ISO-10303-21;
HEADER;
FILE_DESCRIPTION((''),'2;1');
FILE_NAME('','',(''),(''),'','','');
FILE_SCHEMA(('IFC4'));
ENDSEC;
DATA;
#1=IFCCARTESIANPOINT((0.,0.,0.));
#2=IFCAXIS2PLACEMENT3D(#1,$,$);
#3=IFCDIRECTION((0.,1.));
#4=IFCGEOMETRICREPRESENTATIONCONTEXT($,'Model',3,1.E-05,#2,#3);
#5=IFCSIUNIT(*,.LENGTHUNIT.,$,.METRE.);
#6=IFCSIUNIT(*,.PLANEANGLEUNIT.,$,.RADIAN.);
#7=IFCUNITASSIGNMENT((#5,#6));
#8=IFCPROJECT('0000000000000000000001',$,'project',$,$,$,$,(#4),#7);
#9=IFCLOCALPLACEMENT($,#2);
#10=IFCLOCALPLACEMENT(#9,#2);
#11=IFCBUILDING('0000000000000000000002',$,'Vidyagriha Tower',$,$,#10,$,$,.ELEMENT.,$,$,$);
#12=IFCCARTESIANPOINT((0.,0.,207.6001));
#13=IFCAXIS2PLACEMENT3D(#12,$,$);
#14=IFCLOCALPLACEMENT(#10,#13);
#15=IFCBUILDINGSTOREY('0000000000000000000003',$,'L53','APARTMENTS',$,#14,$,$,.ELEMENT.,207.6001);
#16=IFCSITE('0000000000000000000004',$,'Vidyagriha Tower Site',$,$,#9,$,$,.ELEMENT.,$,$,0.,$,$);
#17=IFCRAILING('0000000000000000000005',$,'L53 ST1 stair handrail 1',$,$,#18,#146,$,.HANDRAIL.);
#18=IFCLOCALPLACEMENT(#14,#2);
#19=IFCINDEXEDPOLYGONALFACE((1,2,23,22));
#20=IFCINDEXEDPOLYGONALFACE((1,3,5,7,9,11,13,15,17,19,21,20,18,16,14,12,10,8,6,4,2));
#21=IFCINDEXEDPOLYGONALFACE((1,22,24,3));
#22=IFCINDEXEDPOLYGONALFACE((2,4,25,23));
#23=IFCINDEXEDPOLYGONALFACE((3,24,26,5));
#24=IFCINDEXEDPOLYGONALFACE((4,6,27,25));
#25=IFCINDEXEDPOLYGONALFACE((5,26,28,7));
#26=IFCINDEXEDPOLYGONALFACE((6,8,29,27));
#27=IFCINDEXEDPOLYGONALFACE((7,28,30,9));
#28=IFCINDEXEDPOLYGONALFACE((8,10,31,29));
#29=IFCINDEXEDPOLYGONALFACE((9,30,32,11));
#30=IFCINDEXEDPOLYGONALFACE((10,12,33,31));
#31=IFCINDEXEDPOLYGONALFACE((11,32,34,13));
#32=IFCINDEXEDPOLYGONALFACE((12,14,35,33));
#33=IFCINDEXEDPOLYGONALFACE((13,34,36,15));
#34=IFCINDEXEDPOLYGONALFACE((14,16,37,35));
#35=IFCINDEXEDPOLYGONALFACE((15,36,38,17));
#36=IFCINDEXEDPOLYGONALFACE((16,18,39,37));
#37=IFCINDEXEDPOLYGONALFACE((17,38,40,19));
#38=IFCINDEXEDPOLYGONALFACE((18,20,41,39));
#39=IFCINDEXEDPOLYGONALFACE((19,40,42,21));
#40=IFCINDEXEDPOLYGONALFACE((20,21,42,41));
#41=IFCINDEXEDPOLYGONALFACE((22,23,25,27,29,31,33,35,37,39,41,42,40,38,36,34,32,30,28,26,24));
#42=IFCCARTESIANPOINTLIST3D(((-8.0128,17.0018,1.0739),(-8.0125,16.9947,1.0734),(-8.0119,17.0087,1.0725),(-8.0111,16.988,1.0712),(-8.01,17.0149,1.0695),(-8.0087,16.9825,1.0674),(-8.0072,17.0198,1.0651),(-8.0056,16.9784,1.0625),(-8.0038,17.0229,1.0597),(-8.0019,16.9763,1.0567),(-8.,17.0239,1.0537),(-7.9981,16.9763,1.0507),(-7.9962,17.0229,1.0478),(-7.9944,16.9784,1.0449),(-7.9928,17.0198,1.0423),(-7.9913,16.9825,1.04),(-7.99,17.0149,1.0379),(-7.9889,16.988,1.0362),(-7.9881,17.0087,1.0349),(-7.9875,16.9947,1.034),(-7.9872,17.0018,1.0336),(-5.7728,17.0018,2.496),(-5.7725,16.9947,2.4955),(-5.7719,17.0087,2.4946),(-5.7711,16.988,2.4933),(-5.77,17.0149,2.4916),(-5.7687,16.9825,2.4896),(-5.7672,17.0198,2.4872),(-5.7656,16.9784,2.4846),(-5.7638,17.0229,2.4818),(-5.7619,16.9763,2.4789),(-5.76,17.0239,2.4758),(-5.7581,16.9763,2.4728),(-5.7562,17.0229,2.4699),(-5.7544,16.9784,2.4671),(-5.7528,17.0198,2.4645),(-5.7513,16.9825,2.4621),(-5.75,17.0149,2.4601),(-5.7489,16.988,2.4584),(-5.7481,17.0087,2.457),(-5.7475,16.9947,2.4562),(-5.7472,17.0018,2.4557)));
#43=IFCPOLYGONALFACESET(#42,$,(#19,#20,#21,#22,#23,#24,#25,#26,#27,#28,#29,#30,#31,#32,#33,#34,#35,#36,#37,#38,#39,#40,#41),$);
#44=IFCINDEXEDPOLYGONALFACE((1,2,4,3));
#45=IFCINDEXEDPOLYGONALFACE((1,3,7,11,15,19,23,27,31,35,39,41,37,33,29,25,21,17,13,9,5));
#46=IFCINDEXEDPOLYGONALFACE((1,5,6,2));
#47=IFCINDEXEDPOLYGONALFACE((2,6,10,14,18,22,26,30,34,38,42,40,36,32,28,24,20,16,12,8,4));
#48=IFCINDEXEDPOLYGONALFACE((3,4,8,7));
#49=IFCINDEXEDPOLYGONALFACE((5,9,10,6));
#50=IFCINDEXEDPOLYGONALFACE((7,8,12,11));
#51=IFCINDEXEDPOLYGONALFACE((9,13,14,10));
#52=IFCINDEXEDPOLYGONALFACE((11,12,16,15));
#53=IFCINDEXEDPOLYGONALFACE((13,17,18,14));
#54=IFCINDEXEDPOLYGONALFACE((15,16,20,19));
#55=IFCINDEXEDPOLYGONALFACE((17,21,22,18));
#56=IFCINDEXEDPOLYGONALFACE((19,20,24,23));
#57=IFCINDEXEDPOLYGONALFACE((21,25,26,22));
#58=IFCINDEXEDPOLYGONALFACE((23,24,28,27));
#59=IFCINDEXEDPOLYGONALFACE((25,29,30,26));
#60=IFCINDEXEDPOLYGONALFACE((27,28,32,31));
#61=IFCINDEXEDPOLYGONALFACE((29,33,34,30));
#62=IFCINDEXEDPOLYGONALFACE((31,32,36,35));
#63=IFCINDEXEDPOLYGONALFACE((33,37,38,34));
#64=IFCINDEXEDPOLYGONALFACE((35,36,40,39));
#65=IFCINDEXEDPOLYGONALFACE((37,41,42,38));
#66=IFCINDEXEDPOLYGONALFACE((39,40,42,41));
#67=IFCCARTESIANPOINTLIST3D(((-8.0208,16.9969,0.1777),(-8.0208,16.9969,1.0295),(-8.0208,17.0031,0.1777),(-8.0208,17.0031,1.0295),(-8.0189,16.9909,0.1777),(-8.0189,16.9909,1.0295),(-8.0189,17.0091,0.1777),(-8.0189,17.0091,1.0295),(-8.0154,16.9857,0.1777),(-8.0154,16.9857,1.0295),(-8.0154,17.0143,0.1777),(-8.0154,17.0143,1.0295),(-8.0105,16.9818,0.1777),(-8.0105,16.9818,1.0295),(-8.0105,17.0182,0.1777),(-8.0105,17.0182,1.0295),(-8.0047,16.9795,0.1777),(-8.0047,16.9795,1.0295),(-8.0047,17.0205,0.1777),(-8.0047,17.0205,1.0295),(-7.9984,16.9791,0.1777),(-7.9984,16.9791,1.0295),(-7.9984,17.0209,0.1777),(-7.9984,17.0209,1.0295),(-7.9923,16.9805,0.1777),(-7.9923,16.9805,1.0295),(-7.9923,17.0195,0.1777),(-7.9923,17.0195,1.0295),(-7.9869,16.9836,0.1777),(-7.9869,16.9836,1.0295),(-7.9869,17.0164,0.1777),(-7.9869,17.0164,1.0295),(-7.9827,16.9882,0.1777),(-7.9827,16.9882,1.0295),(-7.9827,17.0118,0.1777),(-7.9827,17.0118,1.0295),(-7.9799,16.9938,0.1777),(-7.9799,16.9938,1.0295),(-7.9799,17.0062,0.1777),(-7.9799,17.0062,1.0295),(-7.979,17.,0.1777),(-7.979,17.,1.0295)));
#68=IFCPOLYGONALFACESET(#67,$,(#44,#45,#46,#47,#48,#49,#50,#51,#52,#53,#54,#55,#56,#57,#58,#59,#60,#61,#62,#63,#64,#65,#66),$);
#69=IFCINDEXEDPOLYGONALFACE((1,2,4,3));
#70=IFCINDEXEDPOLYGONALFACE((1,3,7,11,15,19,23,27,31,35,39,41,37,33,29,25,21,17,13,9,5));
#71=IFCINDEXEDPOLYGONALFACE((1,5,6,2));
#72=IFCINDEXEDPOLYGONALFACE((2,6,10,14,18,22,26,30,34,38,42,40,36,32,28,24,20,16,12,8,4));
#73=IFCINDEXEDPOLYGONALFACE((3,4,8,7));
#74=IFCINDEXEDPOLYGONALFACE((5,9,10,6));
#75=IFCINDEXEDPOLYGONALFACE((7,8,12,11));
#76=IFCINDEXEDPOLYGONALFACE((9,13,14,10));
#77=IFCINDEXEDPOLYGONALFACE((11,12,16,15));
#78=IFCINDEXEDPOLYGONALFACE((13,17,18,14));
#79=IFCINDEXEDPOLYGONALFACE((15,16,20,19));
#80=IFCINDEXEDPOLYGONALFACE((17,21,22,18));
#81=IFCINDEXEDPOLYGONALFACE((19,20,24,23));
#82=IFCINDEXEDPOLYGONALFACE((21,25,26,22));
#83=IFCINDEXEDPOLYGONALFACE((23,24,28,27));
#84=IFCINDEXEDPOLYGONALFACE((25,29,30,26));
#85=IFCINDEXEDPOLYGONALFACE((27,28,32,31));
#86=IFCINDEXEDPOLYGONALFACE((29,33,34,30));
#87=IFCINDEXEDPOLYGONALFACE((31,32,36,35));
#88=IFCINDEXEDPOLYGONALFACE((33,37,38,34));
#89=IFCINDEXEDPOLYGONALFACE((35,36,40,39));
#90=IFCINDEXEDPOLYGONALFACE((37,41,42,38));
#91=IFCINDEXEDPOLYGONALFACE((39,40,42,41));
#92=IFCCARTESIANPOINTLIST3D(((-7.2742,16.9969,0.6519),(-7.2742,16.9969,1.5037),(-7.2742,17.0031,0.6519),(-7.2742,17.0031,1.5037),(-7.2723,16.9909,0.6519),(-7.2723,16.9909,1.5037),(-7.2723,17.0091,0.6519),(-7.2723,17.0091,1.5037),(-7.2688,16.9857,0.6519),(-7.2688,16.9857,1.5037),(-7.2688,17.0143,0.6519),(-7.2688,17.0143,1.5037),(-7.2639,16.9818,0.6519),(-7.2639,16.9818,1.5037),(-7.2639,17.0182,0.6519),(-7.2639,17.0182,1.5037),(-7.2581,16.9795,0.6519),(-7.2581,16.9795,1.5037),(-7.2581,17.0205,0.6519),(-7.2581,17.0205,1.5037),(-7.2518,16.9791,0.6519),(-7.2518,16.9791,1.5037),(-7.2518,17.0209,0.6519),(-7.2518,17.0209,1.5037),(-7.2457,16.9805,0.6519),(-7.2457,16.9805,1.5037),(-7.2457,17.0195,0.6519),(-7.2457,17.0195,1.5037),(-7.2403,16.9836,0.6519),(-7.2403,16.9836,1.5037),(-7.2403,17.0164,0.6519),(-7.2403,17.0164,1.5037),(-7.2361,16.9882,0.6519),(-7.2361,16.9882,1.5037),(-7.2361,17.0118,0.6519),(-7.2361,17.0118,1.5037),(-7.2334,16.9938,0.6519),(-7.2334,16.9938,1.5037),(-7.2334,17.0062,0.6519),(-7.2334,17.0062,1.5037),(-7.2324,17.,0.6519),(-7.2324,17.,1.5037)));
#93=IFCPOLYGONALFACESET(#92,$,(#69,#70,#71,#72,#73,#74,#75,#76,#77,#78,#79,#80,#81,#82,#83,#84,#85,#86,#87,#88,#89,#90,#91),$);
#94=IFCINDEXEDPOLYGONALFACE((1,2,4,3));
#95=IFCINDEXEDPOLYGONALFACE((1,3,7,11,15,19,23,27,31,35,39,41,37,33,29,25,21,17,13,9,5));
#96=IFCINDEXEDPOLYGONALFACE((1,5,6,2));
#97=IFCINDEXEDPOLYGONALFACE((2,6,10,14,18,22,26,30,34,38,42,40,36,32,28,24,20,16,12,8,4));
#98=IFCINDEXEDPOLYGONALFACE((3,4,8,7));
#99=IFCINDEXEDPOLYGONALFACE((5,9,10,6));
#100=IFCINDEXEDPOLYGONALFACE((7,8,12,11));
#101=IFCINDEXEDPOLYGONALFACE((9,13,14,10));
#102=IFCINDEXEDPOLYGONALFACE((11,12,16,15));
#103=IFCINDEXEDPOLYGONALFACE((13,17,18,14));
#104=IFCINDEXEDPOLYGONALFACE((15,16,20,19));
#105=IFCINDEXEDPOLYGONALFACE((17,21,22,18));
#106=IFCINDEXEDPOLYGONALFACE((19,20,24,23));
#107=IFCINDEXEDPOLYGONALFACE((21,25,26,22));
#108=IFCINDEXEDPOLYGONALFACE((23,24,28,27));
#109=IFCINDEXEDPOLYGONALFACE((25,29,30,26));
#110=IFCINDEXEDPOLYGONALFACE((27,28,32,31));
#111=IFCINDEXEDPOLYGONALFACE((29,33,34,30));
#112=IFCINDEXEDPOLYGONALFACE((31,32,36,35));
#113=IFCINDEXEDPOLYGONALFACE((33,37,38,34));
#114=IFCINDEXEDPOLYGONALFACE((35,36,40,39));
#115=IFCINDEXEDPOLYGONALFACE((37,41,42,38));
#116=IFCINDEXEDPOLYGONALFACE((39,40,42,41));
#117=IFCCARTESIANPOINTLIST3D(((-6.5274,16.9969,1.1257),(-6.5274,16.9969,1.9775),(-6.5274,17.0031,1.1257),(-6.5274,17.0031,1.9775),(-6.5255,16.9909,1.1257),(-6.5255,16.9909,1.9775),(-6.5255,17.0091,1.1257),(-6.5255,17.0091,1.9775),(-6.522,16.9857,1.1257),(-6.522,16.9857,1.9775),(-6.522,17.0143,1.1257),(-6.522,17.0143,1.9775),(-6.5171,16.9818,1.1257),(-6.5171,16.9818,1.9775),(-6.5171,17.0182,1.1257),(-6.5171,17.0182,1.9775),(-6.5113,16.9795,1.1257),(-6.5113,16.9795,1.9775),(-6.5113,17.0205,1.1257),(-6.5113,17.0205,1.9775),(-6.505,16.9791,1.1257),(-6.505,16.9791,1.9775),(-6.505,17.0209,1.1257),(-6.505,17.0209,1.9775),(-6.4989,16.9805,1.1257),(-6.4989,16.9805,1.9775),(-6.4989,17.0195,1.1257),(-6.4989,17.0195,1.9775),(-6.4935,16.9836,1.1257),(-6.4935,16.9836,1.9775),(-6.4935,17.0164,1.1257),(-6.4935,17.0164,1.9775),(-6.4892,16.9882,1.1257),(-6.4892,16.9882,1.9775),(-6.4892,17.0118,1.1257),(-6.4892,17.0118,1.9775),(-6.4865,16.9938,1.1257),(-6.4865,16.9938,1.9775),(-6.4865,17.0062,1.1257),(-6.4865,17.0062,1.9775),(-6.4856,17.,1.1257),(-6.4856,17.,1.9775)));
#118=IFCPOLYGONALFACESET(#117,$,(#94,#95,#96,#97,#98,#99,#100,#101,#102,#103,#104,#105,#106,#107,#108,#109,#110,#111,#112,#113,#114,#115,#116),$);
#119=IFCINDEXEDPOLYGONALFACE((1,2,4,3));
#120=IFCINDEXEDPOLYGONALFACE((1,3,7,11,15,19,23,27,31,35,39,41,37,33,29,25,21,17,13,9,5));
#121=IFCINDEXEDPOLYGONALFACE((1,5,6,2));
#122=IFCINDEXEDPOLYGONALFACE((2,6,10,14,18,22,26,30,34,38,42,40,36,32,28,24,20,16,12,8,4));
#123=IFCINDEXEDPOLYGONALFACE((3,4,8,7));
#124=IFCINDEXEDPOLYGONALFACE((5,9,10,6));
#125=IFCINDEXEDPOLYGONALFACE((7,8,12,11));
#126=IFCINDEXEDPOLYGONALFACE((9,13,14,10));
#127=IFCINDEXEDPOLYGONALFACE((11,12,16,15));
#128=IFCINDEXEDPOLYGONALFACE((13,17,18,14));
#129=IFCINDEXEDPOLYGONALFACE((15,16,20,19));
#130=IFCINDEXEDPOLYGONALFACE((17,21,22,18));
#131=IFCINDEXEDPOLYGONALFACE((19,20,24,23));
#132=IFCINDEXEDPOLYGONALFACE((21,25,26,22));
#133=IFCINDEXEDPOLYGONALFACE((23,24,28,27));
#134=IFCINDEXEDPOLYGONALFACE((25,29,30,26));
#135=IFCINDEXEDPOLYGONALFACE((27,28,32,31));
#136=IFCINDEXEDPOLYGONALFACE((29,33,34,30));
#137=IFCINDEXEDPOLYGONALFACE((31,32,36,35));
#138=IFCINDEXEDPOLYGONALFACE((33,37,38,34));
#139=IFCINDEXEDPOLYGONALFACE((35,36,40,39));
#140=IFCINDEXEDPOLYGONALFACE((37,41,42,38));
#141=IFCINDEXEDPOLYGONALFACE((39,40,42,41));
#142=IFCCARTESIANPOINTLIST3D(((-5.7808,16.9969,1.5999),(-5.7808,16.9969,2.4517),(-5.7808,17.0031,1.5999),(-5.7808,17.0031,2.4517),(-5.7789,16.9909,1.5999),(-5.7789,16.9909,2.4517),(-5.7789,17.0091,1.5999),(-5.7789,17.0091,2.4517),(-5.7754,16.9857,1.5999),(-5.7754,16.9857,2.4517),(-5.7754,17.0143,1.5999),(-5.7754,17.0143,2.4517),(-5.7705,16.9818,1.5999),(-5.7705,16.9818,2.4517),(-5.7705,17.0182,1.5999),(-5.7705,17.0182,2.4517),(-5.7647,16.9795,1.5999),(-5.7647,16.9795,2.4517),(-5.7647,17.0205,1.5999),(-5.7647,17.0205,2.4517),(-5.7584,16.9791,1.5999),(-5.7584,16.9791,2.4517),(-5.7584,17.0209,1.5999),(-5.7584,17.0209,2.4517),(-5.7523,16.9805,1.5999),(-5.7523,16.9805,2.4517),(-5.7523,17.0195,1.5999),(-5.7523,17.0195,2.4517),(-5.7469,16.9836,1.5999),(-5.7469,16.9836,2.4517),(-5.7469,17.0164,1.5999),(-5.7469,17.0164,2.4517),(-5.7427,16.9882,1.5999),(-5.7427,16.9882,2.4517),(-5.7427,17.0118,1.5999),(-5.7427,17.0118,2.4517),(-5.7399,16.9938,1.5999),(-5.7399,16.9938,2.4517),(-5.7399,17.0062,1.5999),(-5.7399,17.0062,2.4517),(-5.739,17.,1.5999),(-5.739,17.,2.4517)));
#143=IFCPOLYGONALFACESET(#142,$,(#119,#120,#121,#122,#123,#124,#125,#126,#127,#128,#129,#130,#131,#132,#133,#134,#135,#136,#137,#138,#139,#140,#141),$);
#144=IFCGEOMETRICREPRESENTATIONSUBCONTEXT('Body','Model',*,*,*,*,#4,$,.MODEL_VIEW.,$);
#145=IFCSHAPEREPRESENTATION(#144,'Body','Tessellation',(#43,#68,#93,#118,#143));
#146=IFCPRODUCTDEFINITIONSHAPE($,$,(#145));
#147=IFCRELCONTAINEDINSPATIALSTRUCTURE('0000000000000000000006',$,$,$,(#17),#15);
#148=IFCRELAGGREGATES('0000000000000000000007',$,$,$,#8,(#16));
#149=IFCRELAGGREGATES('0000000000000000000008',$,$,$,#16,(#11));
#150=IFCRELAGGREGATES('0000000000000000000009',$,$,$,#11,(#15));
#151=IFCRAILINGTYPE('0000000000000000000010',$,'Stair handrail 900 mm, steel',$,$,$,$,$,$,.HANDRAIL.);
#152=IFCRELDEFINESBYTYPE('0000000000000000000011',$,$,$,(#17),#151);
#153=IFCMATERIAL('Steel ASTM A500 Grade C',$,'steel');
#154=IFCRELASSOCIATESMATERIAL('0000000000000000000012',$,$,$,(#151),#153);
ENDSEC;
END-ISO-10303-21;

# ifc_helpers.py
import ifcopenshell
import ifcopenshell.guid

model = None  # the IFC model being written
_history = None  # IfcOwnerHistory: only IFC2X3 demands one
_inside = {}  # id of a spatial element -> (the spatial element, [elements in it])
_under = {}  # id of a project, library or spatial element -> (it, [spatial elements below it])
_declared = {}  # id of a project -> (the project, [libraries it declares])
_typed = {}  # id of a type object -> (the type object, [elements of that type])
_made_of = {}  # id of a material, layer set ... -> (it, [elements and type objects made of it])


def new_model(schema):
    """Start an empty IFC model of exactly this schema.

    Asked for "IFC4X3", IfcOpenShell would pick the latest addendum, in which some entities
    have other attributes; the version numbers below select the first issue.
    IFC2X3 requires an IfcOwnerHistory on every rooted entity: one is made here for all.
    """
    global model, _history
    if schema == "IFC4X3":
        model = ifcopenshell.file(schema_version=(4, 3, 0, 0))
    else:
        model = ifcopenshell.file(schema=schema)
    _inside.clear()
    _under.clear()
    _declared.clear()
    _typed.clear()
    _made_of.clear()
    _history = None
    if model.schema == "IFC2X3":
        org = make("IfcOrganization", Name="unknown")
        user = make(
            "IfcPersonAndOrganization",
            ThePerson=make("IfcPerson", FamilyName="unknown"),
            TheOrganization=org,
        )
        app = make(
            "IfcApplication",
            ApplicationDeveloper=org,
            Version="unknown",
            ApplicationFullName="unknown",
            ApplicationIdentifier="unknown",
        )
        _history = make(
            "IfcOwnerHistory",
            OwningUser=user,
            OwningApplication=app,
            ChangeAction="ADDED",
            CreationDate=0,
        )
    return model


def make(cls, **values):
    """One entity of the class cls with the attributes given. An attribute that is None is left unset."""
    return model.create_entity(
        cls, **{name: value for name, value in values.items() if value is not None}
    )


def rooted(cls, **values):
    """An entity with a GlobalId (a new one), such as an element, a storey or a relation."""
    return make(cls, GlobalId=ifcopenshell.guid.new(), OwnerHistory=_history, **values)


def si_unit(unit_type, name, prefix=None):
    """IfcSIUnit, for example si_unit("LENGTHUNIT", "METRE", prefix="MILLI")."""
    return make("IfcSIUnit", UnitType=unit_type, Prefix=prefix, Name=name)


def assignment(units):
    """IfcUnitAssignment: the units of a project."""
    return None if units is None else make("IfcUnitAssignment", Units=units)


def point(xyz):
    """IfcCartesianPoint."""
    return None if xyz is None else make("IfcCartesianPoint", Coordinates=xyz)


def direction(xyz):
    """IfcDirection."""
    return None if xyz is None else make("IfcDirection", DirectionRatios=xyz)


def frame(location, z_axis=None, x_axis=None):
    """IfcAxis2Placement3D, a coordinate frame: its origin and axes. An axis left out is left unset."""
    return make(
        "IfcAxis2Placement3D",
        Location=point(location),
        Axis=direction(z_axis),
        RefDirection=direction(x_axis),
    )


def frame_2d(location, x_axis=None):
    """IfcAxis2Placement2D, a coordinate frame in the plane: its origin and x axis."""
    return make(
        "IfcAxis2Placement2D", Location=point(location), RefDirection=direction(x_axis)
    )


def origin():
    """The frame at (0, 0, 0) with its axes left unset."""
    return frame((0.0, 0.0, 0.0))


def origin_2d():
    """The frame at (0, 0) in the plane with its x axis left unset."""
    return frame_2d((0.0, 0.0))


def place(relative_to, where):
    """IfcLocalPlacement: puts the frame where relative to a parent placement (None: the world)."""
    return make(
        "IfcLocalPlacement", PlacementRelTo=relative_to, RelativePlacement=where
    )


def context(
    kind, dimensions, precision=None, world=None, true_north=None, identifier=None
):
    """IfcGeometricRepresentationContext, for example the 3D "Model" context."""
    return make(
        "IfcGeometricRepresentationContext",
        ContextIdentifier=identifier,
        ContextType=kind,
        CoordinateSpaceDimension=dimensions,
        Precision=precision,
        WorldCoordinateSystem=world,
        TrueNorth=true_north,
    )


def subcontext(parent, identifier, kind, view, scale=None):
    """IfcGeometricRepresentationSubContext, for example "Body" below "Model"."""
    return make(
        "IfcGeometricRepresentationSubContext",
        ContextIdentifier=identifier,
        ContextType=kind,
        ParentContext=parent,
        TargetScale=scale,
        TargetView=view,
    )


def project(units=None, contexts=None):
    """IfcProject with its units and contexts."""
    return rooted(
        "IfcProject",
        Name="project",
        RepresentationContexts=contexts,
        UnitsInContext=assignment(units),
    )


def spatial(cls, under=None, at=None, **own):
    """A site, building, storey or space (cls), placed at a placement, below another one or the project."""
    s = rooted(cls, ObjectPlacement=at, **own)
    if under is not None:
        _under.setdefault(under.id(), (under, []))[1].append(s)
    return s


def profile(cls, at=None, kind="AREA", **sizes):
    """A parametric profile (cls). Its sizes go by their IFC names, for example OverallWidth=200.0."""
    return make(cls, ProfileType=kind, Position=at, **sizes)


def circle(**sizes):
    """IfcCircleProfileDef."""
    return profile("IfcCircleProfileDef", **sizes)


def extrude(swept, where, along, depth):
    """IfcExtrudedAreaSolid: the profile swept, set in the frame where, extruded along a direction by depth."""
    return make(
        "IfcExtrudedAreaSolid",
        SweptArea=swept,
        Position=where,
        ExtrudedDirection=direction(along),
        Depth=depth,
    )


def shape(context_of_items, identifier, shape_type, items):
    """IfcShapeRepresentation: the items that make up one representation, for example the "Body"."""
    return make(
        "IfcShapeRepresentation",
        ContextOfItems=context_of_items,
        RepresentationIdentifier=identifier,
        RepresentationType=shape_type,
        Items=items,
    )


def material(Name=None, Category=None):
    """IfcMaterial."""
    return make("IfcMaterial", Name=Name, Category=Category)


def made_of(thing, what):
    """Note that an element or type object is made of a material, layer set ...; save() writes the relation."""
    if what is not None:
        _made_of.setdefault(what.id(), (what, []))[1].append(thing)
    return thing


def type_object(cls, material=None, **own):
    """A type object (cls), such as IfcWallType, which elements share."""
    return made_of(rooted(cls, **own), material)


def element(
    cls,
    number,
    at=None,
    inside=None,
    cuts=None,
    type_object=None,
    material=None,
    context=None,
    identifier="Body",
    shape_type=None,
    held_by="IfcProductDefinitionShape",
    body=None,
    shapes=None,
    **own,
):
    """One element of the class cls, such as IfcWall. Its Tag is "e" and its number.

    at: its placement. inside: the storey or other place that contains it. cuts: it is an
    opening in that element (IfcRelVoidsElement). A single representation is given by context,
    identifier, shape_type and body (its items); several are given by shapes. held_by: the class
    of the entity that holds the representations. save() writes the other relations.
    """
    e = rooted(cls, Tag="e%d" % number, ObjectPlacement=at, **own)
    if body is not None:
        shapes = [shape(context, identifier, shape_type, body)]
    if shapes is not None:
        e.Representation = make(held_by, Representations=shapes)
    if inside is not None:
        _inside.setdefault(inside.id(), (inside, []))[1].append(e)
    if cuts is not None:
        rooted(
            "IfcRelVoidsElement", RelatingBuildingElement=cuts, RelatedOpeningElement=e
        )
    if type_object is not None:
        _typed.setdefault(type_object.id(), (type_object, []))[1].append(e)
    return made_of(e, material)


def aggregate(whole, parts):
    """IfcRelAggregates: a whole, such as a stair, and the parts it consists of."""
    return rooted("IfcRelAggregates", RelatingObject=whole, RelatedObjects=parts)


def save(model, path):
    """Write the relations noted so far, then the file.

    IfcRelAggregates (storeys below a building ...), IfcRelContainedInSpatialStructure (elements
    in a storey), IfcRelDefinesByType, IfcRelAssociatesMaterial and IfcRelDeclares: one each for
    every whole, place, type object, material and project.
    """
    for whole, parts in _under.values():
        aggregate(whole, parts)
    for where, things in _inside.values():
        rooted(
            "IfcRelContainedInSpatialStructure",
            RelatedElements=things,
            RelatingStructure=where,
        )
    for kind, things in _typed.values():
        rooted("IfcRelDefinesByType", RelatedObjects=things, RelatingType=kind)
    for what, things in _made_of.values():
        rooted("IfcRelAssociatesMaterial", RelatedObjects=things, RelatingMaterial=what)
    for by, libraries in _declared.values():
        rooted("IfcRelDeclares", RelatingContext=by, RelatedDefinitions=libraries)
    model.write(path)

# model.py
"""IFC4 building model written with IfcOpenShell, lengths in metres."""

from ifc_helpers import new_model, si_unit, direction, frame, origin, origin_2d, place, context, subcontext, project, spatial, circle, extrude, material, type_object, element, save


model = new_model("IFC4")

# Units and contexts
model_context = context("Model", 3, precision=1e-05, world=origin(), true_north=direction((0.0, 1.0)))
body_context = subcontext(model_context, "Body", "Model", "MODEL_VIEW")
ifc_project = project(units=[si_unit("LENGTHUNIT", "METRE"), si_unit("PLANEANGLEUNIT", "RADIAN")], contexts=[model_context])

# Site, building, storey
site_placement = place(None, origin())
site = spatial("IfcSite", under=ifc_project, at=site_placement, Name="Vidyagriha Tower Site", CompositionType="ELEMENT", RefElevation=0.0)
building_placement = place(site_placement, origin())
building = spatial("IfcBuilding", under=site, at=building_placement, Name="Vidyagriha Tower", CompositionType="ELEMENT")
storey_placement = place(building_placement, frame((0.0, 0.0, 207.6001)))
storey = spatial("IfcBuildingStorey", under=building, at=storey_placement, Name="L53", Description="APARTMENTS", CompositionType="ELEMENT", Elevation=207.6001)

# Railing
ifc_material_1 = material(Name="Steel ASTM A500 Grade C", Category="steel")
railing_type_1 = type_object("IfcRailingType", Name="Stair handrail 900 mm, steel", PredefinedType="HANDRAIL", material=ifc_material_1)
railing_1_placement = place(storey_placement, frame((-8.0, 17.0, 0.1777)))
element("IfcRailing", 1, at=railing_1_placement, inside=storey, type_object=railing_type_1, Name="L53 ST1 stair handrail 1", PredefinedType="HANDRAIL", context=body_context, shape_type="SweptSolid", body=[
    extrude(circle(Radius=0.0239, at=origin_2d()), frame((0.0, 0.0, 0.876), z_axis=(0.844229, 0.0, 0.535982), x_axis=(0.0, 1.0, 0.0)), (0.0, 0.0, 1.0), 2.6533),
    extrude(circle(Radius=0.021, at=origin_2d()), origin(), (0.0, 0.0, 1.0), 0.8518),
    extrude(circle(Radius=0.021, at=origin_2d()), frame((0.7466, 0.0, 0.4741)), (0.0, 0.0, 1.0), 0.8518),
    extrude(circle(Radius=0.021, at=origin_2d()), frame((1.4934, 0.0, 0.948)), (0.0, 0.0, 1.0), 0.8518),
    extrude(circle(Radius=0.021, at=origin_2d()), frame((2.24, 0.0, 1.4221)), (0.0, 0.0, 1.0), 0.8518),
])

save(model, "model.ifc")
